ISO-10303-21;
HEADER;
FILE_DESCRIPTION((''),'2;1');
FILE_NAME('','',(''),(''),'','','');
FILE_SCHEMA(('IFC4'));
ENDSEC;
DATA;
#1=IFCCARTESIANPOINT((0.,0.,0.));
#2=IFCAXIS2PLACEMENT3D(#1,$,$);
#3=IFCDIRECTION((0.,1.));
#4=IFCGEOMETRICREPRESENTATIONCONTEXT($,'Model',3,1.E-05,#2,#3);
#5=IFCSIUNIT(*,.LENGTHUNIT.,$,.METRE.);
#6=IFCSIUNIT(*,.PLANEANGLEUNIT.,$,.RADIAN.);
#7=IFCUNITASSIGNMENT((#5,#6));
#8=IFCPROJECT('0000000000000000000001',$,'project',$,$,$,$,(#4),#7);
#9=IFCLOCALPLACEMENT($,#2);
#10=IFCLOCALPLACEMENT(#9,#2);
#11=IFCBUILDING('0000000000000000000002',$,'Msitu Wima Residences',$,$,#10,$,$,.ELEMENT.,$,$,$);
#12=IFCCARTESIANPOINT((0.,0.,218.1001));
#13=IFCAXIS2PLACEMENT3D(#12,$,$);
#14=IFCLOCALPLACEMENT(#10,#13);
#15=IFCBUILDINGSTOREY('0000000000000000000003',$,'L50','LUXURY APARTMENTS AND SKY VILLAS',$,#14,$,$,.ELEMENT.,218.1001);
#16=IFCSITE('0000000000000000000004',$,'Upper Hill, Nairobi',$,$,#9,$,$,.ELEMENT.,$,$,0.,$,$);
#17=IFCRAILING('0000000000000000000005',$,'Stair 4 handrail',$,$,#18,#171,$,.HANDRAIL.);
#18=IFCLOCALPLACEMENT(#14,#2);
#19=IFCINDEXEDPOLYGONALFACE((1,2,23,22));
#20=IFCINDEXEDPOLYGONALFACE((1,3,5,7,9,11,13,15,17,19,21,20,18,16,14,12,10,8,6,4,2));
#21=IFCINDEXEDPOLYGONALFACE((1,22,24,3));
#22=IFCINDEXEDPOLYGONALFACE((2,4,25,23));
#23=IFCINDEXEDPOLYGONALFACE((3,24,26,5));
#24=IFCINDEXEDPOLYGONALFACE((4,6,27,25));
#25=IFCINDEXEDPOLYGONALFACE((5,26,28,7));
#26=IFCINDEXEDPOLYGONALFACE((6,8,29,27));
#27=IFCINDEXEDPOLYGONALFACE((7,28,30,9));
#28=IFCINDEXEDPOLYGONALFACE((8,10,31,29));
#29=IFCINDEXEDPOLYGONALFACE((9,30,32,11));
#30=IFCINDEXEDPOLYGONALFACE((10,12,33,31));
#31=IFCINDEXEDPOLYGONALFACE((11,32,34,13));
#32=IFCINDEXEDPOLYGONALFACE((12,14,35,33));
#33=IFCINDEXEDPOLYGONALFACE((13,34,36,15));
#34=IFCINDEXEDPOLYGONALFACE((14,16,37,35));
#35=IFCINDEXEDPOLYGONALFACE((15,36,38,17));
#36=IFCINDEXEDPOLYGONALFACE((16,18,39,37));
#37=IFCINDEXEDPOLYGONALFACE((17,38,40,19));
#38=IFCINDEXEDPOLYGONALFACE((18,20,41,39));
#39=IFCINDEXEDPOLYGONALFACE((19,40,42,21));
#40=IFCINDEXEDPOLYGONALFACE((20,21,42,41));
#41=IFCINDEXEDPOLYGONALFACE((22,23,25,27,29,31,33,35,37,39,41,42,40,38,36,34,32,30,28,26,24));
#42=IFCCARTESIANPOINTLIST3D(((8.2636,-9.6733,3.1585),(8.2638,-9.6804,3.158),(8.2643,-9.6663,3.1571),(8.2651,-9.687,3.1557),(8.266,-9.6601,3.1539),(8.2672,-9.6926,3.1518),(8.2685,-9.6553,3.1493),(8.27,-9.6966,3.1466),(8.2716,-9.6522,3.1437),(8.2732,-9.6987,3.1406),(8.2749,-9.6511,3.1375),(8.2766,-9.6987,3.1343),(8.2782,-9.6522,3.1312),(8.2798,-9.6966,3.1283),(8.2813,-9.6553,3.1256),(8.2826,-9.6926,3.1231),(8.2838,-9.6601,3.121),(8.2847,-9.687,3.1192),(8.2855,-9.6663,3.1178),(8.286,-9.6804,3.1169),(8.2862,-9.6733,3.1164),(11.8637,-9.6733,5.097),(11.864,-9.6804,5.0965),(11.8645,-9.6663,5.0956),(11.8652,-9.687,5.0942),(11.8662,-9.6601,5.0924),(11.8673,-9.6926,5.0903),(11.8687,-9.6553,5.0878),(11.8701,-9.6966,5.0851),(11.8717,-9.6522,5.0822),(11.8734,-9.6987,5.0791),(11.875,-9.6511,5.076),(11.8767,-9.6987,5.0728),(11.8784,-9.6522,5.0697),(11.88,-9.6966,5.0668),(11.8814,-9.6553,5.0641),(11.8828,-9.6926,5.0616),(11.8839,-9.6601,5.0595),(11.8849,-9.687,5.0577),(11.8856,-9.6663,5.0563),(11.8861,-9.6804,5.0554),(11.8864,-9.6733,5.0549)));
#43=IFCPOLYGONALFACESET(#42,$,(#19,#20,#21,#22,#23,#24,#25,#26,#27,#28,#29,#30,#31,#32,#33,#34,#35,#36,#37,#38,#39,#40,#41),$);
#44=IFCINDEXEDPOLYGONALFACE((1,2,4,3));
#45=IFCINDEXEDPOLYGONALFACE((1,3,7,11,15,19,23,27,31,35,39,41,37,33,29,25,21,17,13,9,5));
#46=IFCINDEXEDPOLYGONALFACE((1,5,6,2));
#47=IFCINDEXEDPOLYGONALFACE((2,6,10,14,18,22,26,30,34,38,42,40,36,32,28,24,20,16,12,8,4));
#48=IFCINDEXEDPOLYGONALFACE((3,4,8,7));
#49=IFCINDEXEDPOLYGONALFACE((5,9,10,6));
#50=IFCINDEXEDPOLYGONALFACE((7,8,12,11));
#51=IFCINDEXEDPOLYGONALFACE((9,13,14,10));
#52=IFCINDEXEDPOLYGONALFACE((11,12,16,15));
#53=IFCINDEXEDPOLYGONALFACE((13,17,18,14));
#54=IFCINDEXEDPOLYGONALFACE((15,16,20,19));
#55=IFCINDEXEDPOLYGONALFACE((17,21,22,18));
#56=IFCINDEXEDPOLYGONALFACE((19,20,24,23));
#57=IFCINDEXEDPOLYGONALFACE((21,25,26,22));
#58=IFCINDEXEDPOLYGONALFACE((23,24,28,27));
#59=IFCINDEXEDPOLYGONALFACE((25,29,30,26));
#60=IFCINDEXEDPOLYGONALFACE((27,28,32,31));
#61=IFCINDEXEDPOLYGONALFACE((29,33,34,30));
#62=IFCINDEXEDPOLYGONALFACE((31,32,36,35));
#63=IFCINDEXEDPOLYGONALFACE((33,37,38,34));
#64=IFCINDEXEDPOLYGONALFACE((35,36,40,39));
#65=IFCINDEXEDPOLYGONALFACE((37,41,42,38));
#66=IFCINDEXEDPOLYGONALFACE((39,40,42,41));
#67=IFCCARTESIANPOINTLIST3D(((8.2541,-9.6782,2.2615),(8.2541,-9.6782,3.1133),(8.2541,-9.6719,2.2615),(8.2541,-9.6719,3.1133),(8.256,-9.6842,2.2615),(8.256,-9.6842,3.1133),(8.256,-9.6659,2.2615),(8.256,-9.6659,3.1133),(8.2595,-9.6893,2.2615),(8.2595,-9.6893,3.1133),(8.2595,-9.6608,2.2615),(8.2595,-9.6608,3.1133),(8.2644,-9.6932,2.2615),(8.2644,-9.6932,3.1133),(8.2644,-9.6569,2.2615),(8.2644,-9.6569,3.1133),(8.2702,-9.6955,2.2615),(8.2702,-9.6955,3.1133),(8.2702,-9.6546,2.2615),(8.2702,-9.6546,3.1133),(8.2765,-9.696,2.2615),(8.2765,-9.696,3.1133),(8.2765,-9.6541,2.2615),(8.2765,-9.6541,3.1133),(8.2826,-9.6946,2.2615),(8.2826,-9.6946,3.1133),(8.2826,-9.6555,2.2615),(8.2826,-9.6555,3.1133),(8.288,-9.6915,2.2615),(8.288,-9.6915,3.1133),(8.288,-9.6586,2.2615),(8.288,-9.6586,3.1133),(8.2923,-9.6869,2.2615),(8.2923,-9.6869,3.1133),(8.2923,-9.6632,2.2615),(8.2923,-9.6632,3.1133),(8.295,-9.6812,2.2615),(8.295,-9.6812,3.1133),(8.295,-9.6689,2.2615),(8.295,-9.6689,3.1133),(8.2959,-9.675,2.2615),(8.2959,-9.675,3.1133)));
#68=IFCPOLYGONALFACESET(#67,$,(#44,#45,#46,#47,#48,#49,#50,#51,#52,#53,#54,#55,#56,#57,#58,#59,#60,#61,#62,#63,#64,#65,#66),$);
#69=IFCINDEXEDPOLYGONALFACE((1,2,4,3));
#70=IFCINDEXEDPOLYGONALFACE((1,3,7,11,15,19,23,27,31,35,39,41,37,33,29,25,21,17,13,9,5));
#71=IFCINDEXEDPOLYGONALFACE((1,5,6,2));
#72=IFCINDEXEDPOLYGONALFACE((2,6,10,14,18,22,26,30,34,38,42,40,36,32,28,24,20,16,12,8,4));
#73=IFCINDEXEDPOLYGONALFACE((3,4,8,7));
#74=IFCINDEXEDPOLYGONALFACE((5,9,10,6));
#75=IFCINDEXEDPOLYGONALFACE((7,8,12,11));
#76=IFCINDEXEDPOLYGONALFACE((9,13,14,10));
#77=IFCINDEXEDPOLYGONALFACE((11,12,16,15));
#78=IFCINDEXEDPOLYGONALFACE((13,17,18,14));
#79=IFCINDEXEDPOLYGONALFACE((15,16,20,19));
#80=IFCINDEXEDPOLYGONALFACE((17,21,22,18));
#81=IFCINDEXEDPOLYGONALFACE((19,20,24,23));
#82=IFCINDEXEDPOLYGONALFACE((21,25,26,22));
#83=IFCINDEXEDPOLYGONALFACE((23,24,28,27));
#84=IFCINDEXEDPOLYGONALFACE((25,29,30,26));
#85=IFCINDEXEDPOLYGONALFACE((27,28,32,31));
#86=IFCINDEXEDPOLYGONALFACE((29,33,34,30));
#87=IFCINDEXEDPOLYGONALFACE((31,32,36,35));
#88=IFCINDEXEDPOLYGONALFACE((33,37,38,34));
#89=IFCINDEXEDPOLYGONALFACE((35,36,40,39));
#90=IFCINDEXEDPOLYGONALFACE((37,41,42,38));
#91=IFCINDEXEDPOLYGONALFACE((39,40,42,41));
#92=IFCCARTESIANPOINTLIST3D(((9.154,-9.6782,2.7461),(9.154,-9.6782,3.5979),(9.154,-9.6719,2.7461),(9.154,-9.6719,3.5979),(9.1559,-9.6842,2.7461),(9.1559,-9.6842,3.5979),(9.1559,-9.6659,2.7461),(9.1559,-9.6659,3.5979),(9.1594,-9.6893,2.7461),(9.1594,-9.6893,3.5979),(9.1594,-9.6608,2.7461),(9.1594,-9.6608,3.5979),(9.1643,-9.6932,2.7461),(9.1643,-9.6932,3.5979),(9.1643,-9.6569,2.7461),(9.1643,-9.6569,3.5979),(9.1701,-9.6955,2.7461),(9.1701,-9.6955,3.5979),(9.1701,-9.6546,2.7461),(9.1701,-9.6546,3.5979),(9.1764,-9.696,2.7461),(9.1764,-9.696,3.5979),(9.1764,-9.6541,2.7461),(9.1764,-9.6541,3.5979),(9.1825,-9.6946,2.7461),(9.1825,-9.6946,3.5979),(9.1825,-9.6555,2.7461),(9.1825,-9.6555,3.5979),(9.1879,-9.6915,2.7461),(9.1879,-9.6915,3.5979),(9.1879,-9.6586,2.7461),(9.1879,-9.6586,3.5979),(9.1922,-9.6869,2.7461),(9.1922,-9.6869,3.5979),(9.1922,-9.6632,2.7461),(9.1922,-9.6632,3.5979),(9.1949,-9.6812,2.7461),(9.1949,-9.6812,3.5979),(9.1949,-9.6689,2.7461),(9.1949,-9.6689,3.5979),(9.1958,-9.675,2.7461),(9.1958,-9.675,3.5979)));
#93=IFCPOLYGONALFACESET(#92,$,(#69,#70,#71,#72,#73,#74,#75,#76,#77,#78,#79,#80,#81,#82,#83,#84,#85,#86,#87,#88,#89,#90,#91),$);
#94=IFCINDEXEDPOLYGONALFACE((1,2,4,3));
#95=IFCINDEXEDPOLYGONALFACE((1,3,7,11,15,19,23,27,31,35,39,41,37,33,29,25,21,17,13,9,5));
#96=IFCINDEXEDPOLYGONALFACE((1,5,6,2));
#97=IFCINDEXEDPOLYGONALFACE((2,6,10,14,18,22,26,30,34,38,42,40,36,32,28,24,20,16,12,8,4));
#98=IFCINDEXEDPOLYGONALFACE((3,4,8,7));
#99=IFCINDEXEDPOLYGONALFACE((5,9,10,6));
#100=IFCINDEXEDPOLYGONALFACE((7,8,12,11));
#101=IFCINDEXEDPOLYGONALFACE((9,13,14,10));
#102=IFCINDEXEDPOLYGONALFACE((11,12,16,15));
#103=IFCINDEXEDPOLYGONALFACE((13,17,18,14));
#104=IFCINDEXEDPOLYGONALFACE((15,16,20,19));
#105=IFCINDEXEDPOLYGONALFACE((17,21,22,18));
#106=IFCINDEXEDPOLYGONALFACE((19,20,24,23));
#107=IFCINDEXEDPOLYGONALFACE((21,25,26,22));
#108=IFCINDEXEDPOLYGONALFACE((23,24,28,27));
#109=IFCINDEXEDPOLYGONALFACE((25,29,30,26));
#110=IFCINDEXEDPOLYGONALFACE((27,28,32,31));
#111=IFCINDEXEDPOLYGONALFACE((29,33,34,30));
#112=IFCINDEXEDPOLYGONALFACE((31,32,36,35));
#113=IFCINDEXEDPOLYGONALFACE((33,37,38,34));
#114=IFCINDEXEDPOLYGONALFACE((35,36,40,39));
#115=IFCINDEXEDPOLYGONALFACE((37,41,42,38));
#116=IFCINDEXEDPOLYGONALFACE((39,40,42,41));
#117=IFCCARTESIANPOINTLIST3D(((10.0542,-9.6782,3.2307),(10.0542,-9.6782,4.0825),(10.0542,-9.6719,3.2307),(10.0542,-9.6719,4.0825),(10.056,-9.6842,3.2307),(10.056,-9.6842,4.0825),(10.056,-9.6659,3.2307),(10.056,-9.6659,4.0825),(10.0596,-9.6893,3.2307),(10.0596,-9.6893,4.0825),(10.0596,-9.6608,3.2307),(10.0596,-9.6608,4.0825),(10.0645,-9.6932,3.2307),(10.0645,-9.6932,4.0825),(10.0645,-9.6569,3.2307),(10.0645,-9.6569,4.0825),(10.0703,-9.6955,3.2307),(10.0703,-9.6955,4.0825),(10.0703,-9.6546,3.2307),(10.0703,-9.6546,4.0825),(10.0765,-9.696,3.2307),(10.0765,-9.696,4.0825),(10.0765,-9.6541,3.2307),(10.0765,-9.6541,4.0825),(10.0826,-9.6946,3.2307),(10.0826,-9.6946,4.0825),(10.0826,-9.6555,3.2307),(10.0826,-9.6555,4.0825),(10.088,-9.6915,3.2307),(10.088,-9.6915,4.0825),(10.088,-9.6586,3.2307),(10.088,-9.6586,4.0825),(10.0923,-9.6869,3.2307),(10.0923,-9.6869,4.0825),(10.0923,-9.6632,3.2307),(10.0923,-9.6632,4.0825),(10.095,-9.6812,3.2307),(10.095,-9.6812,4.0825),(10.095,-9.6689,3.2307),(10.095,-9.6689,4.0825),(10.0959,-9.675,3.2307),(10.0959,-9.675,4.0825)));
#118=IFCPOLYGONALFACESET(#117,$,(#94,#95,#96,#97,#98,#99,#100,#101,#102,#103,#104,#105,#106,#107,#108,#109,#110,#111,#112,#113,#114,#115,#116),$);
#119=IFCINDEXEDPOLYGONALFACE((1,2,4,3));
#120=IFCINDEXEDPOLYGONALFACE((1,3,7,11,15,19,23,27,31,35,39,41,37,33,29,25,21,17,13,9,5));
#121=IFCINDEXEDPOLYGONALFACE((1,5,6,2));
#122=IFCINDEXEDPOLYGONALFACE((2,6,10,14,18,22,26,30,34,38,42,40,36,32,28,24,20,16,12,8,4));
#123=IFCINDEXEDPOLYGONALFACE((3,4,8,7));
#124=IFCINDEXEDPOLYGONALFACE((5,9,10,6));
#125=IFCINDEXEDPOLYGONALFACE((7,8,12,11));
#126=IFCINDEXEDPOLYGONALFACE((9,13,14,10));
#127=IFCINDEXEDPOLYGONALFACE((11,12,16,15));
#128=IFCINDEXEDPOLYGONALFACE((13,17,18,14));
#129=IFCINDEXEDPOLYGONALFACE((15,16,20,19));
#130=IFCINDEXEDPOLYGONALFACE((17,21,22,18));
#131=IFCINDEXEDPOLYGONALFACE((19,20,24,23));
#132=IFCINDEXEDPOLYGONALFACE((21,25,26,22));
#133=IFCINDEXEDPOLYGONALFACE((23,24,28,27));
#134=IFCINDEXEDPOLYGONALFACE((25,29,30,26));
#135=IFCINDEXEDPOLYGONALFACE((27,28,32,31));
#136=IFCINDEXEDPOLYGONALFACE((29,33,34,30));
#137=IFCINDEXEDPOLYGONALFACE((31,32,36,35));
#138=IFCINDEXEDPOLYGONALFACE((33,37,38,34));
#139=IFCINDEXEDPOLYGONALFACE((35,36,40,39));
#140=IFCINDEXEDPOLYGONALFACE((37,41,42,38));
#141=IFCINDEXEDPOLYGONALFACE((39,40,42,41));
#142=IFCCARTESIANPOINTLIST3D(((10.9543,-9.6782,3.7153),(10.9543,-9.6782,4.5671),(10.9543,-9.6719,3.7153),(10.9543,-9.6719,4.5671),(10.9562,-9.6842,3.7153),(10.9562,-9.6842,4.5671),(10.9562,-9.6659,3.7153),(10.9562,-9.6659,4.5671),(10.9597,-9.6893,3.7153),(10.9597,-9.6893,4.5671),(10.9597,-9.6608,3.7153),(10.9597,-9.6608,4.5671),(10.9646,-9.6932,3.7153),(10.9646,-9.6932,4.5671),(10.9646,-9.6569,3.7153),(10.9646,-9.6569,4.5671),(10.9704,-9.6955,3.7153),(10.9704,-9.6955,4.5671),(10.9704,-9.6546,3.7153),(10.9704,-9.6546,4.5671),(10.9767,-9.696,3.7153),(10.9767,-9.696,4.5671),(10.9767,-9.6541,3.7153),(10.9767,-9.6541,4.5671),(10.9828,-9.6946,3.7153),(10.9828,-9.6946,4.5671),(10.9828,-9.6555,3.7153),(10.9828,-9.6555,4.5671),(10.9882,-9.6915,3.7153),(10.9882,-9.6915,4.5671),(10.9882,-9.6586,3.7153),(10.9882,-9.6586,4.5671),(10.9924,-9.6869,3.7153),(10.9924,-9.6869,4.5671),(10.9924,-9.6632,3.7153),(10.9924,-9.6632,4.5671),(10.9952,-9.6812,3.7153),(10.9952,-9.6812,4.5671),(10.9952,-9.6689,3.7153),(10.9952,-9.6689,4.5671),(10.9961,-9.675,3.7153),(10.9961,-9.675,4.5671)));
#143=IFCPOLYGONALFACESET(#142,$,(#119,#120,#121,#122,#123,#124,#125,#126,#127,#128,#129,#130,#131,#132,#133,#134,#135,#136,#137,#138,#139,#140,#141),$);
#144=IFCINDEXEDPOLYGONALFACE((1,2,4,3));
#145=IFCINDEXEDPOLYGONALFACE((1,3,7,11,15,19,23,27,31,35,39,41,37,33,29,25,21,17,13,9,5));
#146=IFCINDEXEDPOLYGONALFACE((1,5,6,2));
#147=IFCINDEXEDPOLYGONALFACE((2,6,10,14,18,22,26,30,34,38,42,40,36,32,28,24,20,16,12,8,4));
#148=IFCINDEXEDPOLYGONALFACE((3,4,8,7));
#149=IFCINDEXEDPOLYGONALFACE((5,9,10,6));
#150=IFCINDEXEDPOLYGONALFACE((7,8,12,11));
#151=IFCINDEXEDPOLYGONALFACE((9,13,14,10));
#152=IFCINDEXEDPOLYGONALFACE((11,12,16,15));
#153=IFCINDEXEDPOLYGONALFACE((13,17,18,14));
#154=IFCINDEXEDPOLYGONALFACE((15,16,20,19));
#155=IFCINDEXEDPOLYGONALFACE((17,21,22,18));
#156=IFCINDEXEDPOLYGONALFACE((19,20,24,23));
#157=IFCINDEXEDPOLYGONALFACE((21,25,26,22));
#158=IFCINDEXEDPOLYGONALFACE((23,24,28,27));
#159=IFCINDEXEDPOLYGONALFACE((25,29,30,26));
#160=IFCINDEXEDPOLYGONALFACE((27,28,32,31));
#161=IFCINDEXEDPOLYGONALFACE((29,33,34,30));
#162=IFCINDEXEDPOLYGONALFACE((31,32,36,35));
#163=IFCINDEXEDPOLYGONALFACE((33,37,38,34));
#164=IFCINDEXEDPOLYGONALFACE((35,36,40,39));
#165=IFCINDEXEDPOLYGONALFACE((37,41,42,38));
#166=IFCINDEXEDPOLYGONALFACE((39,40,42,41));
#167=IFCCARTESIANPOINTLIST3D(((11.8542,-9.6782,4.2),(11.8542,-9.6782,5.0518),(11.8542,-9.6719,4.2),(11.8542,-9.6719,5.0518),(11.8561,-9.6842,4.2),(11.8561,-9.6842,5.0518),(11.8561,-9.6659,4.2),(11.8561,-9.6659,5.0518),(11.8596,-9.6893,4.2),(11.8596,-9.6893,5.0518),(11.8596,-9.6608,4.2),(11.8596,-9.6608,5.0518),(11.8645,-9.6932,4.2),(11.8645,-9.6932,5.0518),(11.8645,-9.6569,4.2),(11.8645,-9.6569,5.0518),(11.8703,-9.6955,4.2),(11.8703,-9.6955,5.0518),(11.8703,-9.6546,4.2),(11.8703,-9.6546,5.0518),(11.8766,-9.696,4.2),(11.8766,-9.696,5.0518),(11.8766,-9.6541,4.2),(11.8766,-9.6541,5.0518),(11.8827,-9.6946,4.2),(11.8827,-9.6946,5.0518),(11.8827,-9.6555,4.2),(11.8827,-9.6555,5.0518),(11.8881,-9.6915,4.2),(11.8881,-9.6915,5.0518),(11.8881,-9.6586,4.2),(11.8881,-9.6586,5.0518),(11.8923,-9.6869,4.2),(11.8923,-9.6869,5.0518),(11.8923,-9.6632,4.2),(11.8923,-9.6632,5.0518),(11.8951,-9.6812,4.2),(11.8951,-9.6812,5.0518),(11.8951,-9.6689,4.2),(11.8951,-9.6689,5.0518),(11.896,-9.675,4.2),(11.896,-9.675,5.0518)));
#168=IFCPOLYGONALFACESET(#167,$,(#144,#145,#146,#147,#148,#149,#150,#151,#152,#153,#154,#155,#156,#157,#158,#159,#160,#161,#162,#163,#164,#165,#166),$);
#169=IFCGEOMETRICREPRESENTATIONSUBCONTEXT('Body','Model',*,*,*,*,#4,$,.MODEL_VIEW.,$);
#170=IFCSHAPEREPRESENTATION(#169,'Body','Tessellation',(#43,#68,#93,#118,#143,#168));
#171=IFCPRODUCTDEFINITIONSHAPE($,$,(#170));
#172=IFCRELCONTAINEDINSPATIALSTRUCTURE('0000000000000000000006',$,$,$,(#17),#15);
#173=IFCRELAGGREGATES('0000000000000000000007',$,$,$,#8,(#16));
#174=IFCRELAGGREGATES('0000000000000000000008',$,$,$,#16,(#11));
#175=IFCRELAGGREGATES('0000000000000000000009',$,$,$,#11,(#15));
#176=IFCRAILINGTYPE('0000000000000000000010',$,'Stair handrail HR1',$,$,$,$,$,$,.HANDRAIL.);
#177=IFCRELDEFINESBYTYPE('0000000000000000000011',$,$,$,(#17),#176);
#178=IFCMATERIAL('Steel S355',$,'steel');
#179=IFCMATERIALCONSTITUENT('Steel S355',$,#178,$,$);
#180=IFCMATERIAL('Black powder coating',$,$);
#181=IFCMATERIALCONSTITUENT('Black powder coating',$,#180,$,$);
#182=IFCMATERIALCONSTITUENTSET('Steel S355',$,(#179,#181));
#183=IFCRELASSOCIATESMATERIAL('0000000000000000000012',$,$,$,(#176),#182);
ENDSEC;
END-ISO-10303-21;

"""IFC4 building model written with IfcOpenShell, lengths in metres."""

from ifc_helpers import new_model, si_unit, direction, frame, origin, origin_2d, place, context, subcontext, project, spatial, circle, extrude, material, constituent, constituent_set, type_object, element, save


model = new_model("IFC4")

# Units and contexts
model_context = context("Model", 3, precision=1e-05, world=origin(), true_north=direction((0.0, 1.0)))
body_context = subcontext(model_context, "Body", "Model", "MODEL_VIEW")
ifc_project = project(units=[si_unit("LENGTHUNIT", "METRE"), si_unit("PLANEANGLEUNIT", "RADIAN")], contexts=[model_context])

# Site, building, storey
site_placement = place(None, origin())
site = spatial("IfcSite", under=ifc_project, at=site_placement, Name="Upper Hill, Nairobi", CompositionType="ELEMENT", RefElevation=0.0)
building_placement = place(site_placement, origin())
building = spatial("IfcBuilding", under=site, at=building_placement, Name="Msitu Wima Residences", CompositionType="ELEMENT")
storey_placement = place(building_placement, frame((0.0, 0.0, 218.1001)))
storey = spatial("IfcBuildingStorey", under=building, at=storey_placement, Name="L50", Description="LUXURY APARTMENTS AND SKY VILLAS", CompositionType="ELEMENT", Elevation=218.1001)

# Railing
ifc_material_1 = material(Name="Steel S355", Category="steel")
ifc_constituent_1 = constituent(ifc_material_1, Name="Steel S355")
ifc_material_2 = material(Name="Black powder coating")
ifc_constituent_2 = constituent(ifc_material_2, Name="Black powder coating")
ifc_constituent_set = constituent_set(constituents=[ifc_constituent_1, ifc_constituent_2], Name="Steel S355")
railing_type = type_object("IfcRailingType", Name="Stair handrail HR1", PredefinedType="HANDRAIL", material=ifc_constituent_set)
for number, where, name in (
    (1, (8.2749, -9.675, 2.2615), "Stair 4 handrail"),
):
    element("IfcRailing", number, at=place(storey_placement, frame(where)), inside=storey, type_object=railing_type, Name=name, PredefinedType="HANDRAIL", context=body_context, shape_type="SweptSolid", body=[
        extrude(circle(Radius=0.0239, at=origin_2d()), frame((0.0, 0.0, 0.876), z_axis=(0.880475, 0.0, 0.474093), x_axis=(0.0, 1.0, 0.0)), (0.0, 0.0, 1.0), 4.0889),
        extrude(circle(Radius=0.021, at=origin_2d()), origin(), (0.0, 0.0, 1.0), 0.8518),
        extrude(circle(Radius=0.021, at=origin_2d()), frame((0.8999, 0.0, 0.4846)), (0.0, 0.0, 1.0), 0.8518),
        extrude(circle(Radius=0.021, at=origin_2d()), frame((1.8, 0.0, 0.9692)), (0.0, 0.0, 1.0), 0.8518),
        extrude(circle(Radius=0.021, at=origin_2d()), frame((2.7002, 0.0, 1.4539)), (0.0, 0.0, 1.0), 0.8518),
        extrude(circle(Radius=0.021, at=origin_2d()), frame((3.6001, 0.0, 1.9385)), (0.0, 0.0, 1.0), 0.8518),
    ])

save(model, "model.ifc")
